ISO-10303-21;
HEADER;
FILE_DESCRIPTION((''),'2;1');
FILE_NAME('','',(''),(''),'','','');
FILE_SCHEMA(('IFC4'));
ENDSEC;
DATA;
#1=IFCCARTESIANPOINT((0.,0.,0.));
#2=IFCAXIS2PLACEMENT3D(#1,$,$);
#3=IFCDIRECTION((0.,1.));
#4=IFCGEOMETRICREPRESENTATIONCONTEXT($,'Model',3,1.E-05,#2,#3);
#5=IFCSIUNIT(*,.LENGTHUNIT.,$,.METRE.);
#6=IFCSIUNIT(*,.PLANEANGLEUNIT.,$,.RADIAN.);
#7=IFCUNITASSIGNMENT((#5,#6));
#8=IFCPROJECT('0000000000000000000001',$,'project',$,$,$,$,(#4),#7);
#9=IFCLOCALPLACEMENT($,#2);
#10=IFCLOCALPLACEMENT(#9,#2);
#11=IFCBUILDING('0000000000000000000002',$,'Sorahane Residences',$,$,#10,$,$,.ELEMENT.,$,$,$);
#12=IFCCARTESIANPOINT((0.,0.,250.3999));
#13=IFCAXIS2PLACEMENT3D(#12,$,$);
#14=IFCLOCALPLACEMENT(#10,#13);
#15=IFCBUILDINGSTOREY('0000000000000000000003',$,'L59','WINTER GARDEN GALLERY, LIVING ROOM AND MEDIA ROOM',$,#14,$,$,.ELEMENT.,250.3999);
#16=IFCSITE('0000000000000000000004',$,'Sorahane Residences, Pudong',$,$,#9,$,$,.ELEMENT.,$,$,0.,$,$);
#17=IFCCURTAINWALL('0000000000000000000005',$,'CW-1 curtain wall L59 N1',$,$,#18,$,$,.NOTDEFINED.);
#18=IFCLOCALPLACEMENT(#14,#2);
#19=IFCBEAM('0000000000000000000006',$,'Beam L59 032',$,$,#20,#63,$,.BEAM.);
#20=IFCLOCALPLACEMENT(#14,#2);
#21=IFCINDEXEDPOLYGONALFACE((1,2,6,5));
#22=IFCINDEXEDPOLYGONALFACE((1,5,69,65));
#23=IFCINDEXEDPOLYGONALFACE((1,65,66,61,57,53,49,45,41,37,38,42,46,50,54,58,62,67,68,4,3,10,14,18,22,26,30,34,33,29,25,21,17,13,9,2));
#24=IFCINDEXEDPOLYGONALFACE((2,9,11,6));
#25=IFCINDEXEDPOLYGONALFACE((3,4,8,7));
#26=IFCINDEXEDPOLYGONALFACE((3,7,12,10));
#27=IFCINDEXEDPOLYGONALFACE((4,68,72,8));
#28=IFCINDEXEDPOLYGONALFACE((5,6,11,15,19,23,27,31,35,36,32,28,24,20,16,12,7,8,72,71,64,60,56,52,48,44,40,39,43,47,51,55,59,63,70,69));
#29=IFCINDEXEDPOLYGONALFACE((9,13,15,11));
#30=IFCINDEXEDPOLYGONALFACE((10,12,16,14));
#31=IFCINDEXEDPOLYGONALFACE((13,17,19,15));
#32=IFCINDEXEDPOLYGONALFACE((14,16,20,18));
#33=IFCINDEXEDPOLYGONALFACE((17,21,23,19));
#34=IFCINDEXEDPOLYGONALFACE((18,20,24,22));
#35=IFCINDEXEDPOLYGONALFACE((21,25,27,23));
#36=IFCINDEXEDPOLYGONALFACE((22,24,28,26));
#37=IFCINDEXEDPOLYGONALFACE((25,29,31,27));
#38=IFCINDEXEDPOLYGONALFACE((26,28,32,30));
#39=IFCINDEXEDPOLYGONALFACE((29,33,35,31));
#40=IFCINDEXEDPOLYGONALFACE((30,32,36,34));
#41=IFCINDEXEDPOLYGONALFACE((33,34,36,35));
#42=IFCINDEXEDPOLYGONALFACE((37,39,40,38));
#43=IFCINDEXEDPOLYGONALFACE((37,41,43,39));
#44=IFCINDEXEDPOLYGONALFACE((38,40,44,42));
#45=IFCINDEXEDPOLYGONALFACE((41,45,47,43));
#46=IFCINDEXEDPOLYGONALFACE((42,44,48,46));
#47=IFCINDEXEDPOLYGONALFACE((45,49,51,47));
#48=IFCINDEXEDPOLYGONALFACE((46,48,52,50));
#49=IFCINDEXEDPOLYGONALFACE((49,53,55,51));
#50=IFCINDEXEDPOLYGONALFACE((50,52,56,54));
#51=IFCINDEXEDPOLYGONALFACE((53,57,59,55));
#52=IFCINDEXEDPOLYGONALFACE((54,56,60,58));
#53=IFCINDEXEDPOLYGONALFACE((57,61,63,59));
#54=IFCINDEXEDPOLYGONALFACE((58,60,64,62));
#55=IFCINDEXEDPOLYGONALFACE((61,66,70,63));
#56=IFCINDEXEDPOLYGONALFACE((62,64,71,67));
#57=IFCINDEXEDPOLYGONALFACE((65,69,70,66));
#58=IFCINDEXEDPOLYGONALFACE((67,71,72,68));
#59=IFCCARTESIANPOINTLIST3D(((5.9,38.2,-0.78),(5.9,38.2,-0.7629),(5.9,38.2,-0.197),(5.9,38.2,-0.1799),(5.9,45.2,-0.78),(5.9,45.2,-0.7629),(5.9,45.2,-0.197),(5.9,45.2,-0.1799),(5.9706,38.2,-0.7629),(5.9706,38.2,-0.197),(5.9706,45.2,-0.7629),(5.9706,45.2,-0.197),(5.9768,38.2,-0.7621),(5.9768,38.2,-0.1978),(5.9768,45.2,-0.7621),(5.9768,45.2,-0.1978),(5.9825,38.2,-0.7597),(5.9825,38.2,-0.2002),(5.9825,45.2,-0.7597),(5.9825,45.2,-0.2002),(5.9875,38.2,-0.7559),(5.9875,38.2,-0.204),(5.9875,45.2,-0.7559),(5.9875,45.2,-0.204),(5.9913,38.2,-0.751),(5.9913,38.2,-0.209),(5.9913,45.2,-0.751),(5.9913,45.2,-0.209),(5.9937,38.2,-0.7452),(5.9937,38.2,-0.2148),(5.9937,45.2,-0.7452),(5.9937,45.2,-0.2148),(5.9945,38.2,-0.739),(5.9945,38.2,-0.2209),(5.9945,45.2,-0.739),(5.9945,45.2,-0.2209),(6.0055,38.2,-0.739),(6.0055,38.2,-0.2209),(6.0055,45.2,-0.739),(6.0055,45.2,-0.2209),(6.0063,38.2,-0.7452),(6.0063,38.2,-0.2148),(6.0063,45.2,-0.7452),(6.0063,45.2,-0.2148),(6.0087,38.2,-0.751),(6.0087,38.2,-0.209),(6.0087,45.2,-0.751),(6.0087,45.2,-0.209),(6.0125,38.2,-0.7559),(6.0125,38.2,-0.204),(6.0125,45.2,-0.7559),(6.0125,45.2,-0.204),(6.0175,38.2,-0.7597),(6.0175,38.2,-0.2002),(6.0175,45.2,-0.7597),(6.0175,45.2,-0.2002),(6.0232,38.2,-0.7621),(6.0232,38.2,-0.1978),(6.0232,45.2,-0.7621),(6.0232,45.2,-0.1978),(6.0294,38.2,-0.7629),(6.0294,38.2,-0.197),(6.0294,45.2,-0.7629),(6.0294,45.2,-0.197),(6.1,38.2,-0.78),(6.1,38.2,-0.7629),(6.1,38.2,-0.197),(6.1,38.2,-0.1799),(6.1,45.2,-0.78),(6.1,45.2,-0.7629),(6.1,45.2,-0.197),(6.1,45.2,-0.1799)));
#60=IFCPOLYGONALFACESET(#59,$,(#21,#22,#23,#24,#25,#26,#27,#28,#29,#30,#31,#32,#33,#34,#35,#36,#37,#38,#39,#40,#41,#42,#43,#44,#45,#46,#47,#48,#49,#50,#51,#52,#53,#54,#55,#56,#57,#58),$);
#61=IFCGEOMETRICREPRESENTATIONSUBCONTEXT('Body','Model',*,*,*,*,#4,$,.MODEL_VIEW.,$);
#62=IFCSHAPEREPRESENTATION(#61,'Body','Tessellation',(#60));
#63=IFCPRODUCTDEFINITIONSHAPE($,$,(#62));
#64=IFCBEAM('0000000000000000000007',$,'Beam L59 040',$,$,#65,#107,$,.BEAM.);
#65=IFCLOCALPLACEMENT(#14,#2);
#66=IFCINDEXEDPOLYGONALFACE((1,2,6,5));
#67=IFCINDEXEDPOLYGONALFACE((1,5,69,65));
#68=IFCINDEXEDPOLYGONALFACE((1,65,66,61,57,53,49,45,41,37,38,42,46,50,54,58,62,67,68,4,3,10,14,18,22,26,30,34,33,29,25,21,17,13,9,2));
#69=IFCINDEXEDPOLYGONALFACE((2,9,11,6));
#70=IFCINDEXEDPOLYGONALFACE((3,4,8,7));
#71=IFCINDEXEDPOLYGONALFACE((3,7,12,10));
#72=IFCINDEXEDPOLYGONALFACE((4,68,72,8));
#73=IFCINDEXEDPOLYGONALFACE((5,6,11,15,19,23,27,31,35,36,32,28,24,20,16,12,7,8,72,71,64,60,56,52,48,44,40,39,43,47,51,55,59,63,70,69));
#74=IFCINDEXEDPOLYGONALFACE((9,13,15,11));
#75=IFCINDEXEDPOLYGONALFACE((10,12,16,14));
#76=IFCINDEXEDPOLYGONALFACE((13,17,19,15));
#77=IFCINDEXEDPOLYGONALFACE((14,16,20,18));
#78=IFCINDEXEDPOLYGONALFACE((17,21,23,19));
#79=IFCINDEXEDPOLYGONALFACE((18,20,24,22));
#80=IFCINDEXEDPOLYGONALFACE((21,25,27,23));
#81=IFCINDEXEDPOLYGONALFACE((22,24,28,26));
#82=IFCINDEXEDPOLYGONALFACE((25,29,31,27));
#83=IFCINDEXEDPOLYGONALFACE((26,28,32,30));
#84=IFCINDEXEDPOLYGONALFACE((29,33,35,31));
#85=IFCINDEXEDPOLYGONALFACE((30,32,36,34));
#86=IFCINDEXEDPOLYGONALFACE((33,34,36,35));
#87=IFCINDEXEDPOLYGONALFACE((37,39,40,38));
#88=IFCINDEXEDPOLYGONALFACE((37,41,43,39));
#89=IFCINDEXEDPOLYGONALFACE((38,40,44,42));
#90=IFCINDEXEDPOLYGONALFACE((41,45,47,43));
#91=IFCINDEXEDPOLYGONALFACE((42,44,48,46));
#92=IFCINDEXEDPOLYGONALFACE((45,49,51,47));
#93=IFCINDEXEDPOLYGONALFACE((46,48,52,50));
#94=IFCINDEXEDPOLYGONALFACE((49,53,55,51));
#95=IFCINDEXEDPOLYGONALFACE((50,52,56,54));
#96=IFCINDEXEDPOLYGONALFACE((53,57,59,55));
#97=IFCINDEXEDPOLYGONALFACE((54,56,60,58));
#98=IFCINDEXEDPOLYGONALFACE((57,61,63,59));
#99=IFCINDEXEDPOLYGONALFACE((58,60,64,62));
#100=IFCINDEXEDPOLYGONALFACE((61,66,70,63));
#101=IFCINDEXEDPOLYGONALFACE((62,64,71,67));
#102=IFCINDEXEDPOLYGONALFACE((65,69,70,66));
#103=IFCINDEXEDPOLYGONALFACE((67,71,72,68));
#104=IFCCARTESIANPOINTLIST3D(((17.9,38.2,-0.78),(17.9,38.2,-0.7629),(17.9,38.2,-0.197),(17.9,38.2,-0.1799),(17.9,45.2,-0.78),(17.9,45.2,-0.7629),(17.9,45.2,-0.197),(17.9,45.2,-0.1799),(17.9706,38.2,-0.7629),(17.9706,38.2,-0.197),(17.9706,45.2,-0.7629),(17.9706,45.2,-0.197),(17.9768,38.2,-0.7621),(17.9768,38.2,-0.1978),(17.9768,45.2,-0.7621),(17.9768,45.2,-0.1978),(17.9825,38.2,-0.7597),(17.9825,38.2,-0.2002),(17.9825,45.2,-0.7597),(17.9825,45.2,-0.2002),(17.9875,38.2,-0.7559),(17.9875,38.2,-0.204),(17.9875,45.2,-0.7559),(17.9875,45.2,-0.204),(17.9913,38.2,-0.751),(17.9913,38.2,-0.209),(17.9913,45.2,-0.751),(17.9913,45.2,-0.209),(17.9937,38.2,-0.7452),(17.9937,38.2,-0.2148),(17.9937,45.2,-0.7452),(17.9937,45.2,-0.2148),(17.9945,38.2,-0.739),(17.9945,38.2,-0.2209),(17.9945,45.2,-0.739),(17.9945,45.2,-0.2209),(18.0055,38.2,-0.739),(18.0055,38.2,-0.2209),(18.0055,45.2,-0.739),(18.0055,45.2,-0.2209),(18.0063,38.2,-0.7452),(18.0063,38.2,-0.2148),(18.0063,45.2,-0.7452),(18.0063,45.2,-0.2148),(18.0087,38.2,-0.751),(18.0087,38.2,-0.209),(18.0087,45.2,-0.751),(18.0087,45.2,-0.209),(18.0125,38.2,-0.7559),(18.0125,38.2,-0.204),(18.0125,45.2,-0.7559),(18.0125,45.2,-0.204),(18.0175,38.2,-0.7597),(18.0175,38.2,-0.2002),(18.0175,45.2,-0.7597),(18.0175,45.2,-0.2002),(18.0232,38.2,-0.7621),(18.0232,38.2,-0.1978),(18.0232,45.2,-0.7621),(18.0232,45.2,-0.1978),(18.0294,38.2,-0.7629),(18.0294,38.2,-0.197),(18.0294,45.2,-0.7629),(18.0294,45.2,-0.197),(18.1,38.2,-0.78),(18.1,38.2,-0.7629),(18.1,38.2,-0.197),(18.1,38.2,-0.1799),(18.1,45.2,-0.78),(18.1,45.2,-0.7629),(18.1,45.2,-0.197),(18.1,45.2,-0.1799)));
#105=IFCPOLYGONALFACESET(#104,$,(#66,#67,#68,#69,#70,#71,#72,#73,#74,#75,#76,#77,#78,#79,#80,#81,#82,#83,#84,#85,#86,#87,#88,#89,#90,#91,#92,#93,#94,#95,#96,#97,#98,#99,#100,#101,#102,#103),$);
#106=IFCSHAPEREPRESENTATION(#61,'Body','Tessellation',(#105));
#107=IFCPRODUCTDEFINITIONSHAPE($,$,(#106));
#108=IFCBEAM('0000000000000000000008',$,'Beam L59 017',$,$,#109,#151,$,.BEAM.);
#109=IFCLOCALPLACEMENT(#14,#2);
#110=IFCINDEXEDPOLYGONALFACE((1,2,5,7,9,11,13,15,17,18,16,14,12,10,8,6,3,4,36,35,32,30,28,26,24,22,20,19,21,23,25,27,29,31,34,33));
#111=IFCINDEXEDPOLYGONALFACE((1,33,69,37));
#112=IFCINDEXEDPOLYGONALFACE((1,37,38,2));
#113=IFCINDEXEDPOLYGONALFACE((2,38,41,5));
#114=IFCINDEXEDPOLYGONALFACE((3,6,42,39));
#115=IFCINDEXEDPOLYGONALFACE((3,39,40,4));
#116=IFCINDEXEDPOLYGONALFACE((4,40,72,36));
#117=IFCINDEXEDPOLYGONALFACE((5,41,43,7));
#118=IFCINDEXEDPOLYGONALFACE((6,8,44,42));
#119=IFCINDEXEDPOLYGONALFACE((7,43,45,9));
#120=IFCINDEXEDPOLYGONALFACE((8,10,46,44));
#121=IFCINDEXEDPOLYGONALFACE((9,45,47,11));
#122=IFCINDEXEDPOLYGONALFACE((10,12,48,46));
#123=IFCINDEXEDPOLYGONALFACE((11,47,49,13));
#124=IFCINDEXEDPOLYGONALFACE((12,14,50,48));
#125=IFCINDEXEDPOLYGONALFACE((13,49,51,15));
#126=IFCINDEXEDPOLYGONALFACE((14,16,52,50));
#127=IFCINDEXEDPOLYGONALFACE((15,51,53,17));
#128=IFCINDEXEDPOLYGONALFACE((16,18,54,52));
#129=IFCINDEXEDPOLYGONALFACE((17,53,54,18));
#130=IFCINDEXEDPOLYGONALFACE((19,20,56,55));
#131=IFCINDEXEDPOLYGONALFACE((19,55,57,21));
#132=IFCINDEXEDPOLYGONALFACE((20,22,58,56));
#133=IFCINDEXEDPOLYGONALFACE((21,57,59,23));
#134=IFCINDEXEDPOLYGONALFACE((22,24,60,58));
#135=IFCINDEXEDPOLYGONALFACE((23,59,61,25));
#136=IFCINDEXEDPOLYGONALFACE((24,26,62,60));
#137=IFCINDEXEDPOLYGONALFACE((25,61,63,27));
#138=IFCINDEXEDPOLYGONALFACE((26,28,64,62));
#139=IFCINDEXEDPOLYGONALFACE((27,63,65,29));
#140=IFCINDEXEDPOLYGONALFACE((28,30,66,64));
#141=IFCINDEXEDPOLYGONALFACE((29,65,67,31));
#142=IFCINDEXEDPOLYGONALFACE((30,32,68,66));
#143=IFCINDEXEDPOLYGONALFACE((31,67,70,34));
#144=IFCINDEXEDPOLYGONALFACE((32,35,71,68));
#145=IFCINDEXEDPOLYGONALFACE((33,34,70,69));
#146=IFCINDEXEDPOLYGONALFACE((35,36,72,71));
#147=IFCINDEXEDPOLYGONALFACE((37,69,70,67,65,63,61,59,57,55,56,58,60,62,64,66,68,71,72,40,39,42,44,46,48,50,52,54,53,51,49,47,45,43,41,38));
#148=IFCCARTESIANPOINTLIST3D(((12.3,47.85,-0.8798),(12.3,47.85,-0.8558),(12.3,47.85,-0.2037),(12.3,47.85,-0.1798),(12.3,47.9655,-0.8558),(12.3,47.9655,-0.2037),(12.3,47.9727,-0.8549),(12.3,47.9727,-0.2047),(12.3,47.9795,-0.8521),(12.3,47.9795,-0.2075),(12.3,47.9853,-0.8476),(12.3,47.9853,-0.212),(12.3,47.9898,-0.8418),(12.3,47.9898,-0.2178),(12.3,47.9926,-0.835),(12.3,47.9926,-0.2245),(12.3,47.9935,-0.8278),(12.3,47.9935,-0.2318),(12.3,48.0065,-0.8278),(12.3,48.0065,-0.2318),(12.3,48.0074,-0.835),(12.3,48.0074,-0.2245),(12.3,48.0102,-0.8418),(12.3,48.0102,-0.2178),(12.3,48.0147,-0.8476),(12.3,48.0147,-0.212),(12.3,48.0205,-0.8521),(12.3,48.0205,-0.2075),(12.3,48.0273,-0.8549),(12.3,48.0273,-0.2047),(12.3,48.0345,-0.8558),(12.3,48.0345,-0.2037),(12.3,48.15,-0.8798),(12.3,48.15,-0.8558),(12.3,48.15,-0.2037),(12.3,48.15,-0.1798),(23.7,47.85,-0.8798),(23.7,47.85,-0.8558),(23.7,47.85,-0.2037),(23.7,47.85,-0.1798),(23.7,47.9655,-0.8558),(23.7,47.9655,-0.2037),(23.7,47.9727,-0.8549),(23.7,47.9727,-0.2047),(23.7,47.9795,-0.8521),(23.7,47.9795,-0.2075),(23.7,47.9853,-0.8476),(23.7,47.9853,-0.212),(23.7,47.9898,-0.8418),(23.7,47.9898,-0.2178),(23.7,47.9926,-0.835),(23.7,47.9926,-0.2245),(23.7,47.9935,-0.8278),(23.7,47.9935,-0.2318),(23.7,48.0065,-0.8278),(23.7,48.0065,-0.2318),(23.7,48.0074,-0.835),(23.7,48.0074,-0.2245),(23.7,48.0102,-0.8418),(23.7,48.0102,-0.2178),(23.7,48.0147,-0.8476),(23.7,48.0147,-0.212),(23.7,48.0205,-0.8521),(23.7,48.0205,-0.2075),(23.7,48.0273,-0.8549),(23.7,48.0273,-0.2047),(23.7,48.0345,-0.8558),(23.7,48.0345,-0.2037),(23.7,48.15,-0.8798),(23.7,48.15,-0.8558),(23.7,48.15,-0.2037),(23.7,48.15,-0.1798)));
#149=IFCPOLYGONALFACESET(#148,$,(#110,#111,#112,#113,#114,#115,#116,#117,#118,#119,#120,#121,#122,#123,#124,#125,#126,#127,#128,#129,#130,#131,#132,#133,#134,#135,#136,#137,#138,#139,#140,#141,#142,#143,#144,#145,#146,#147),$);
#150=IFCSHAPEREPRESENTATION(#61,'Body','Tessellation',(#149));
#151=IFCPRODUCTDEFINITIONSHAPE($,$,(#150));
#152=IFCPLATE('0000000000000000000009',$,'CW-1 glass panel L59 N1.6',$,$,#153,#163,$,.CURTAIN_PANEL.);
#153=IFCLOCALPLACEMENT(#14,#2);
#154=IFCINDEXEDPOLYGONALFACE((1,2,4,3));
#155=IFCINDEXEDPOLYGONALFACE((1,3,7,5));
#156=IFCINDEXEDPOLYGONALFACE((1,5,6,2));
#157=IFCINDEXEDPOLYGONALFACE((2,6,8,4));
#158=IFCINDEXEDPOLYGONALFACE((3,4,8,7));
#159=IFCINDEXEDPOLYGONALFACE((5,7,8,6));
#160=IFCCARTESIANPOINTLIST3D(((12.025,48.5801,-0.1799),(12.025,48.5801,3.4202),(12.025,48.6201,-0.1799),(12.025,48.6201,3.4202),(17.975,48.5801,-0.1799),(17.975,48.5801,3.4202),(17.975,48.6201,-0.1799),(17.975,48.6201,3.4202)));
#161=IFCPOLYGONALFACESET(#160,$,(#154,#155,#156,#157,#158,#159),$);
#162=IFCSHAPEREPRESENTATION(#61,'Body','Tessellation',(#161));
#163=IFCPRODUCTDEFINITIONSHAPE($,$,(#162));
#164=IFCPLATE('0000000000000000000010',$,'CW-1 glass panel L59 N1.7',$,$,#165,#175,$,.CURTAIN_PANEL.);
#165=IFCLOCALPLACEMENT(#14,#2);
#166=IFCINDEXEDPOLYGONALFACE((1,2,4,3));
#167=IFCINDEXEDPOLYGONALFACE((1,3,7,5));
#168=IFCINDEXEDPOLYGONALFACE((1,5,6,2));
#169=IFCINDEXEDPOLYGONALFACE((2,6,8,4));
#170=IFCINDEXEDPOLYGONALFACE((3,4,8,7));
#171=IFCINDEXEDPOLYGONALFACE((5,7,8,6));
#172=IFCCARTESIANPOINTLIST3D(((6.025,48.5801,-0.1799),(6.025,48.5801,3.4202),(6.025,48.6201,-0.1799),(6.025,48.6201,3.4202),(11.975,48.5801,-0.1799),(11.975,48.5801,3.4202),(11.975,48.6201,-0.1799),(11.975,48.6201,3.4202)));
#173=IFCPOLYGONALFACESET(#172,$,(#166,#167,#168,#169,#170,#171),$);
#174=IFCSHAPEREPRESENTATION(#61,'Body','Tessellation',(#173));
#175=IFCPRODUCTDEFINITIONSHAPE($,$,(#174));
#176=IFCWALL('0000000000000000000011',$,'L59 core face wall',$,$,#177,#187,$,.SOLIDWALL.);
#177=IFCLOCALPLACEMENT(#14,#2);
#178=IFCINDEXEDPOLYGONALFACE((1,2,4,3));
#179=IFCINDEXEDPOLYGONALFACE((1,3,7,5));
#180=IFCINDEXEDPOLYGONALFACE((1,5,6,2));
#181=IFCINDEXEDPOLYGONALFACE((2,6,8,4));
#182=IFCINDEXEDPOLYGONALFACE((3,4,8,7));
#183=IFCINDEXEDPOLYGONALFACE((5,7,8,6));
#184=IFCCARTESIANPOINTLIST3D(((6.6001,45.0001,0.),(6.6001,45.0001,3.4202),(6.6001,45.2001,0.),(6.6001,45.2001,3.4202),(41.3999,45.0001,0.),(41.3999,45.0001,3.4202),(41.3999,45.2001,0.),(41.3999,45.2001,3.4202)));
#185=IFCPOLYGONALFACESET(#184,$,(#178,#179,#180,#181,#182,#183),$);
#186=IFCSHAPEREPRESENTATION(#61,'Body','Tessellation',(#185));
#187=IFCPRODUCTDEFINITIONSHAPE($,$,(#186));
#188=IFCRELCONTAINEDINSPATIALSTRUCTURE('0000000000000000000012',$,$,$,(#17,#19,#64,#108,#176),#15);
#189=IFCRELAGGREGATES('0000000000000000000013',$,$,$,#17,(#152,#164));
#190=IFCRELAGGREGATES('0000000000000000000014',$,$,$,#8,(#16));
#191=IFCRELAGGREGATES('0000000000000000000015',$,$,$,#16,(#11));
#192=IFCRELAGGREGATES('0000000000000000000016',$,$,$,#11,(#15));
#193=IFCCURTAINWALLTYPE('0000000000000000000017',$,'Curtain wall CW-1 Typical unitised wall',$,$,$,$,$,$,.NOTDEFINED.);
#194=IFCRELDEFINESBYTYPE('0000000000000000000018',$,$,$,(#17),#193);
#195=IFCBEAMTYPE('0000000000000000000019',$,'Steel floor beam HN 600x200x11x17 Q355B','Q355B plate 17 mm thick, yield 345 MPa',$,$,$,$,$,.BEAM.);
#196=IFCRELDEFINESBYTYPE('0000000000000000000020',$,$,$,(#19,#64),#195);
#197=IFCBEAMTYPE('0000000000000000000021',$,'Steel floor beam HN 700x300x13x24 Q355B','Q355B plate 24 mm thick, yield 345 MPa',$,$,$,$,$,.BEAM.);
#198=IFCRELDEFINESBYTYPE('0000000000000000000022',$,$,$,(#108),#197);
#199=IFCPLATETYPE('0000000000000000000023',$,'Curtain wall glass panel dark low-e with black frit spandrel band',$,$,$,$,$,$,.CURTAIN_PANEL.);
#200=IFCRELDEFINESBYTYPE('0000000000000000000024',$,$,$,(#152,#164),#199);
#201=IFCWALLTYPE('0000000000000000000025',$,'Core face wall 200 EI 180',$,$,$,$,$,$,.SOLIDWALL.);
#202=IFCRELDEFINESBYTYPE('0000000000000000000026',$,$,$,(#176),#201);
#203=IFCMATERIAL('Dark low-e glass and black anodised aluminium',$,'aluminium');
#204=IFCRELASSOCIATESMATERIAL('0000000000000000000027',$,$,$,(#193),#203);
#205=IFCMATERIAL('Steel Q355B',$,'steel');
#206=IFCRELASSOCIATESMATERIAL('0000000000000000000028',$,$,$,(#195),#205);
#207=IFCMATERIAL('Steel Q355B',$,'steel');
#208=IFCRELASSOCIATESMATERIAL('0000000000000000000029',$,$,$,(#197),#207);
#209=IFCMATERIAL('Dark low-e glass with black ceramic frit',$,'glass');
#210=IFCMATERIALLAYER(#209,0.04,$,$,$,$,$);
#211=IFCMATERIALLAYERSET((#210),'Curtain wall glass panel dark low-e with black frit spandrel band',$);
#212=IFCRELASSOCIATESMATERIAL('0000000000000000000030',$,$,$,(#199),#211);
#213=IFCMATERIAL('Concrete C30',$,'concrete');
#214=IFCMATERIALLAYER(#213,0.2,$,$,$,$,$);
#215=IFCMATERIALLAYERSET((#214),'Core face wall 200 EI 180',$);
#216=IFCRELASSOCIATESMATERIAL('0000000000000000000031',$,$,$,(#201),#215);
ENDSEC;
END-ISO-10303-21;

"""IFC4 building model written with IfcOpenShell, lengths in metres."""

from ifc_helpers import new_model, si_unit, direction, frame, frame_2d, origin, origin_2d, place, context, subcontext, project, spatial, rectangle, i_section, extrude, material, layer, layer_set, material_profile, profile_set, type_object, element, aggregate, save


model = new_model("IFC4")

# Units and contexts
model_context = context("Model", 3, precision=1e-05, world=origin(), true_north=direction((0.0, 1.0)))
body_context = subcontext(model_context, "Body", "Model", "MODEL_VIEW")
ifc_project = project(units=[si_unit("LENGTHUNIT", "METRE"), si_unit("PLANEANGLEUNIT", "RADIAN")], contexts=[model_context])

# Site, building, storey
site_placement = place(None, origin())
site = spatial("IfcSite", under=ifc_project, at=site_placement, Name="Sorahane Residences, Pudong", CompositionType="ELEMENT", RefElevation=0.0)
building_placement = place(site_placement, origin())
building = spatial("IfcBuilding", under=site, at=building_placement, Name="Sorahane Residences", CompositionType="ELEMENT")
storey_placement = place(building_placement, frame((0.0, 0.0, 250.3999)))
storey = spatial("IfcBuildingStorey", under=building, at=storey_placement, Name="L59", Description="WINTER GARDEN GALLERY, LIVING ROOM AND MEDIA ROOM", CompositionType="ELEMENT", Elevation=250.3999)

# Curtain wall
ifc_material_1 = material(Name="Dark low-e glass and black anodised aluminium", Category="aluminium")
curtain_wall_type = type_object("IfcCurtainWallType", Name="Curtain wall CW-1 Typical unitised wall", PredefinedType="NOTDEFINED", material=ifc_material_1)
curtain_wall_placement = place(storey_placement, origin())
curtain_wall = element("IfcCurtainWall", 1, at=curtain_wall_placement, inside=storey, type_object=curtain_wall_type, Name="CW-1 curtain wall L59 N1", PredefinedType="NOTDEFINED")

# Beams
ifc_material_2 = material(Name="Steel Q355B", Category="steel")
ifc_material_profile_1 = material_profile(ifc_material_2, i_section(OverallWidth=0.2, OverallDepth=0.6001, WebThickness=0.011, FlangeThickness=0.0171, FilletRadius=0.0239, at=origin_2d()), Name="HN 600x200x11x17")
ifc_profile_set_1 = profile_set([ifc_material_profile_1], Name="Steel Q355B")
beam_type_1 = type_object("IfcBeamType", Name="Steel floor beam HN 600x200x11x17 Q355B", Description="Q355B plate 17 mm thick, yield 345 MPa", PredefinedType="BEAM", material=ifc_profile_set_1)
for number, where, z_axis, x_axis, name in (
    (2, (6.0, 38.2, -0.48), (0.0, 1.0, 0.0), (-1.0, 0.0, 0.0), "Beam L59 032"),
    (3, (18.0, 38.2, -0.48), (0.0, 1.0, 0.0), (-1.0, 0.0, 0.0), "Beam L59 040"),
):
    element("IfcBeam", number, at=place(storey_placement, frame(where, z_axis=z_axis, x_axis=x_axis)), inside=storey, type_object=beam_type_1, Name=name, PredefinedType="BEAM", context=body_context, shape_type="SweptSolid", body=[
        extrude(i_section(OverallWidth=0.2, OverallDepth=0.6001, WebThickness=0.011, FlangeThickness=0.0171, FilletRadius=0.0239, at=origin_2d()), origin(), (0.0, 0.0, 1.0), 7.0),
    ])
ifc_material_3 = material(Name="Steel Q355B", Category="steel")
ifc_material_profile_2 = material_profile(ifc_material_3, i_section(OverallWidth=0.3, OverallDepth=0.7, WebThickness=0.0129, FlangeThickness=0.0239, FilletRadius=0.0281, at=origin_2d()), Name="HN 700x300x13x24")
ifc_profile_set_2 = profile_set([ifc_material_profile_2], Name="Steel Q355B")
beam_type_2 = type_object("IfcBeamType", Name="Steel floor beam HN 700x300x13x24 Q355B", Description="Q355B plate 24 mm thick, yield 345 MPa", PredefinedType="BEAM", material=ifc_profile_set_2)
beam_1_placement = place(storey_placement, frame((12.3, 48.0, -0.5298), z_axis=(1.0, 0.0, 0.0), x_axis=(0.0, 1.0, 0.0)))
element("IfcBeam", 4, at=beam_1_placement, inside=storey, type_object=beam_type_2, Name="Beam L59 017", PredefinedType="BEAM", context=body_context, shape_type="SweptSolid", body=[
    extrude(i_section(OverallWidth=0.3, OverallDepth=0.7, WebThickness=0.0129, FlangeThickness=0.0239, FilletRadius=0.0281, at=origin_2d()), origin(), (0.0, 0.0, 1.0), 11.3999),
])

# Plates
ifc_material_4 = material(Name="Dark low-e glass with black ceramic frit", Category="glass")
ifc_layer_1 = layer(ifc_material_4, 0.04)
ifc_layer_set_1 = layer_set([ifc_layer_1], Name="Curtain wall glass panel dark low-e with black frit spandrel band")
plate_type = type_object("IfcPlateType", Name="Curtain wall glass panel dark low-e with black frit spandrel band", PredefinedType="CURTAIN_PANEL", material=ifc_layer_set_1)
plate_1_placement = place(storey_placement, frame((15.0, 48.6001, -0.1799), z_axis=(0.0, 0.0, 1.0), x_axis=(-1.0, 0.0, 0.0)))
plate_1 = element("IfcPlate", 5, at=plate_1_placement, type_object=plate_type, Name="CW-1 glass panel L59 N1.6", PredefinedType="CURTAIN_PANEL", context=body_context, shape_type="SweptSolid", body=[
    extrude(rectangle(XDim=5.95, YDim=0.04, at=origin_2d()), origin(), (0.0, 0.0, 1.0), 3.6001),
])
plate_2_placement = place(storey_placement, frame((9.0, 48.6001, -0.1799), z_axis=(0.0, 0.0, 1.0), x_axis=(-1.0, 0.0, 0.0)))
plate_2 = element("IfcPlate", 6, at=plate_2_placement, type_object=plate_type, Name="CW-1 glass panel L59 N1.7", PredefinedType="CURTAIN_PANEL", context=body_context, shape_type="SweptSolid", body=[
    extrude(rectangle(XDim=5.95, YDim=0.04, at=origin_2d()), origin(), (0.0, 0.0, 1.0), 3.6001),
])
aggregate(curtain_wall, [plate_1, plate_2])

# Wall
ifc_material_5 = material(Name="Concrete C30", Category="concrete")
ifc_layer_2 = layer(ifc_material_5, 0.2)
ifc_layer_set_2 = layer_set([ifc_layer_2], Name="Core face wall 200 EI 180")
wall_type_1 = type_object("IfcWallType", Name="Core face wall 200 EI 180", PredefinedType="SOLIDWALL", material=ifc_layer_set_2)
wall_1_placement = place(storey_placement, frame((6.6001, 45.1001, 0.0), z_axis=(0.0, 0.0, 1.0), x_axis=(1.0, 0.0, 0.0)))
element("IfcWall", 7, at=wall_1_placement, inside=storey, type_object=wall_type_1, Name="L59 core face wall", PredefinedType="SOLIDWALL", context=body_context, shape_type="SweptSolid", body=[
    extrude(rectangle(XDim=34.7998, YDim=0.2, at=frame_2d((17.3999, 0.0))), origin(), (0.0, 0.0, 1.0), 3.4202),
])

save(model, "model.ifc")
